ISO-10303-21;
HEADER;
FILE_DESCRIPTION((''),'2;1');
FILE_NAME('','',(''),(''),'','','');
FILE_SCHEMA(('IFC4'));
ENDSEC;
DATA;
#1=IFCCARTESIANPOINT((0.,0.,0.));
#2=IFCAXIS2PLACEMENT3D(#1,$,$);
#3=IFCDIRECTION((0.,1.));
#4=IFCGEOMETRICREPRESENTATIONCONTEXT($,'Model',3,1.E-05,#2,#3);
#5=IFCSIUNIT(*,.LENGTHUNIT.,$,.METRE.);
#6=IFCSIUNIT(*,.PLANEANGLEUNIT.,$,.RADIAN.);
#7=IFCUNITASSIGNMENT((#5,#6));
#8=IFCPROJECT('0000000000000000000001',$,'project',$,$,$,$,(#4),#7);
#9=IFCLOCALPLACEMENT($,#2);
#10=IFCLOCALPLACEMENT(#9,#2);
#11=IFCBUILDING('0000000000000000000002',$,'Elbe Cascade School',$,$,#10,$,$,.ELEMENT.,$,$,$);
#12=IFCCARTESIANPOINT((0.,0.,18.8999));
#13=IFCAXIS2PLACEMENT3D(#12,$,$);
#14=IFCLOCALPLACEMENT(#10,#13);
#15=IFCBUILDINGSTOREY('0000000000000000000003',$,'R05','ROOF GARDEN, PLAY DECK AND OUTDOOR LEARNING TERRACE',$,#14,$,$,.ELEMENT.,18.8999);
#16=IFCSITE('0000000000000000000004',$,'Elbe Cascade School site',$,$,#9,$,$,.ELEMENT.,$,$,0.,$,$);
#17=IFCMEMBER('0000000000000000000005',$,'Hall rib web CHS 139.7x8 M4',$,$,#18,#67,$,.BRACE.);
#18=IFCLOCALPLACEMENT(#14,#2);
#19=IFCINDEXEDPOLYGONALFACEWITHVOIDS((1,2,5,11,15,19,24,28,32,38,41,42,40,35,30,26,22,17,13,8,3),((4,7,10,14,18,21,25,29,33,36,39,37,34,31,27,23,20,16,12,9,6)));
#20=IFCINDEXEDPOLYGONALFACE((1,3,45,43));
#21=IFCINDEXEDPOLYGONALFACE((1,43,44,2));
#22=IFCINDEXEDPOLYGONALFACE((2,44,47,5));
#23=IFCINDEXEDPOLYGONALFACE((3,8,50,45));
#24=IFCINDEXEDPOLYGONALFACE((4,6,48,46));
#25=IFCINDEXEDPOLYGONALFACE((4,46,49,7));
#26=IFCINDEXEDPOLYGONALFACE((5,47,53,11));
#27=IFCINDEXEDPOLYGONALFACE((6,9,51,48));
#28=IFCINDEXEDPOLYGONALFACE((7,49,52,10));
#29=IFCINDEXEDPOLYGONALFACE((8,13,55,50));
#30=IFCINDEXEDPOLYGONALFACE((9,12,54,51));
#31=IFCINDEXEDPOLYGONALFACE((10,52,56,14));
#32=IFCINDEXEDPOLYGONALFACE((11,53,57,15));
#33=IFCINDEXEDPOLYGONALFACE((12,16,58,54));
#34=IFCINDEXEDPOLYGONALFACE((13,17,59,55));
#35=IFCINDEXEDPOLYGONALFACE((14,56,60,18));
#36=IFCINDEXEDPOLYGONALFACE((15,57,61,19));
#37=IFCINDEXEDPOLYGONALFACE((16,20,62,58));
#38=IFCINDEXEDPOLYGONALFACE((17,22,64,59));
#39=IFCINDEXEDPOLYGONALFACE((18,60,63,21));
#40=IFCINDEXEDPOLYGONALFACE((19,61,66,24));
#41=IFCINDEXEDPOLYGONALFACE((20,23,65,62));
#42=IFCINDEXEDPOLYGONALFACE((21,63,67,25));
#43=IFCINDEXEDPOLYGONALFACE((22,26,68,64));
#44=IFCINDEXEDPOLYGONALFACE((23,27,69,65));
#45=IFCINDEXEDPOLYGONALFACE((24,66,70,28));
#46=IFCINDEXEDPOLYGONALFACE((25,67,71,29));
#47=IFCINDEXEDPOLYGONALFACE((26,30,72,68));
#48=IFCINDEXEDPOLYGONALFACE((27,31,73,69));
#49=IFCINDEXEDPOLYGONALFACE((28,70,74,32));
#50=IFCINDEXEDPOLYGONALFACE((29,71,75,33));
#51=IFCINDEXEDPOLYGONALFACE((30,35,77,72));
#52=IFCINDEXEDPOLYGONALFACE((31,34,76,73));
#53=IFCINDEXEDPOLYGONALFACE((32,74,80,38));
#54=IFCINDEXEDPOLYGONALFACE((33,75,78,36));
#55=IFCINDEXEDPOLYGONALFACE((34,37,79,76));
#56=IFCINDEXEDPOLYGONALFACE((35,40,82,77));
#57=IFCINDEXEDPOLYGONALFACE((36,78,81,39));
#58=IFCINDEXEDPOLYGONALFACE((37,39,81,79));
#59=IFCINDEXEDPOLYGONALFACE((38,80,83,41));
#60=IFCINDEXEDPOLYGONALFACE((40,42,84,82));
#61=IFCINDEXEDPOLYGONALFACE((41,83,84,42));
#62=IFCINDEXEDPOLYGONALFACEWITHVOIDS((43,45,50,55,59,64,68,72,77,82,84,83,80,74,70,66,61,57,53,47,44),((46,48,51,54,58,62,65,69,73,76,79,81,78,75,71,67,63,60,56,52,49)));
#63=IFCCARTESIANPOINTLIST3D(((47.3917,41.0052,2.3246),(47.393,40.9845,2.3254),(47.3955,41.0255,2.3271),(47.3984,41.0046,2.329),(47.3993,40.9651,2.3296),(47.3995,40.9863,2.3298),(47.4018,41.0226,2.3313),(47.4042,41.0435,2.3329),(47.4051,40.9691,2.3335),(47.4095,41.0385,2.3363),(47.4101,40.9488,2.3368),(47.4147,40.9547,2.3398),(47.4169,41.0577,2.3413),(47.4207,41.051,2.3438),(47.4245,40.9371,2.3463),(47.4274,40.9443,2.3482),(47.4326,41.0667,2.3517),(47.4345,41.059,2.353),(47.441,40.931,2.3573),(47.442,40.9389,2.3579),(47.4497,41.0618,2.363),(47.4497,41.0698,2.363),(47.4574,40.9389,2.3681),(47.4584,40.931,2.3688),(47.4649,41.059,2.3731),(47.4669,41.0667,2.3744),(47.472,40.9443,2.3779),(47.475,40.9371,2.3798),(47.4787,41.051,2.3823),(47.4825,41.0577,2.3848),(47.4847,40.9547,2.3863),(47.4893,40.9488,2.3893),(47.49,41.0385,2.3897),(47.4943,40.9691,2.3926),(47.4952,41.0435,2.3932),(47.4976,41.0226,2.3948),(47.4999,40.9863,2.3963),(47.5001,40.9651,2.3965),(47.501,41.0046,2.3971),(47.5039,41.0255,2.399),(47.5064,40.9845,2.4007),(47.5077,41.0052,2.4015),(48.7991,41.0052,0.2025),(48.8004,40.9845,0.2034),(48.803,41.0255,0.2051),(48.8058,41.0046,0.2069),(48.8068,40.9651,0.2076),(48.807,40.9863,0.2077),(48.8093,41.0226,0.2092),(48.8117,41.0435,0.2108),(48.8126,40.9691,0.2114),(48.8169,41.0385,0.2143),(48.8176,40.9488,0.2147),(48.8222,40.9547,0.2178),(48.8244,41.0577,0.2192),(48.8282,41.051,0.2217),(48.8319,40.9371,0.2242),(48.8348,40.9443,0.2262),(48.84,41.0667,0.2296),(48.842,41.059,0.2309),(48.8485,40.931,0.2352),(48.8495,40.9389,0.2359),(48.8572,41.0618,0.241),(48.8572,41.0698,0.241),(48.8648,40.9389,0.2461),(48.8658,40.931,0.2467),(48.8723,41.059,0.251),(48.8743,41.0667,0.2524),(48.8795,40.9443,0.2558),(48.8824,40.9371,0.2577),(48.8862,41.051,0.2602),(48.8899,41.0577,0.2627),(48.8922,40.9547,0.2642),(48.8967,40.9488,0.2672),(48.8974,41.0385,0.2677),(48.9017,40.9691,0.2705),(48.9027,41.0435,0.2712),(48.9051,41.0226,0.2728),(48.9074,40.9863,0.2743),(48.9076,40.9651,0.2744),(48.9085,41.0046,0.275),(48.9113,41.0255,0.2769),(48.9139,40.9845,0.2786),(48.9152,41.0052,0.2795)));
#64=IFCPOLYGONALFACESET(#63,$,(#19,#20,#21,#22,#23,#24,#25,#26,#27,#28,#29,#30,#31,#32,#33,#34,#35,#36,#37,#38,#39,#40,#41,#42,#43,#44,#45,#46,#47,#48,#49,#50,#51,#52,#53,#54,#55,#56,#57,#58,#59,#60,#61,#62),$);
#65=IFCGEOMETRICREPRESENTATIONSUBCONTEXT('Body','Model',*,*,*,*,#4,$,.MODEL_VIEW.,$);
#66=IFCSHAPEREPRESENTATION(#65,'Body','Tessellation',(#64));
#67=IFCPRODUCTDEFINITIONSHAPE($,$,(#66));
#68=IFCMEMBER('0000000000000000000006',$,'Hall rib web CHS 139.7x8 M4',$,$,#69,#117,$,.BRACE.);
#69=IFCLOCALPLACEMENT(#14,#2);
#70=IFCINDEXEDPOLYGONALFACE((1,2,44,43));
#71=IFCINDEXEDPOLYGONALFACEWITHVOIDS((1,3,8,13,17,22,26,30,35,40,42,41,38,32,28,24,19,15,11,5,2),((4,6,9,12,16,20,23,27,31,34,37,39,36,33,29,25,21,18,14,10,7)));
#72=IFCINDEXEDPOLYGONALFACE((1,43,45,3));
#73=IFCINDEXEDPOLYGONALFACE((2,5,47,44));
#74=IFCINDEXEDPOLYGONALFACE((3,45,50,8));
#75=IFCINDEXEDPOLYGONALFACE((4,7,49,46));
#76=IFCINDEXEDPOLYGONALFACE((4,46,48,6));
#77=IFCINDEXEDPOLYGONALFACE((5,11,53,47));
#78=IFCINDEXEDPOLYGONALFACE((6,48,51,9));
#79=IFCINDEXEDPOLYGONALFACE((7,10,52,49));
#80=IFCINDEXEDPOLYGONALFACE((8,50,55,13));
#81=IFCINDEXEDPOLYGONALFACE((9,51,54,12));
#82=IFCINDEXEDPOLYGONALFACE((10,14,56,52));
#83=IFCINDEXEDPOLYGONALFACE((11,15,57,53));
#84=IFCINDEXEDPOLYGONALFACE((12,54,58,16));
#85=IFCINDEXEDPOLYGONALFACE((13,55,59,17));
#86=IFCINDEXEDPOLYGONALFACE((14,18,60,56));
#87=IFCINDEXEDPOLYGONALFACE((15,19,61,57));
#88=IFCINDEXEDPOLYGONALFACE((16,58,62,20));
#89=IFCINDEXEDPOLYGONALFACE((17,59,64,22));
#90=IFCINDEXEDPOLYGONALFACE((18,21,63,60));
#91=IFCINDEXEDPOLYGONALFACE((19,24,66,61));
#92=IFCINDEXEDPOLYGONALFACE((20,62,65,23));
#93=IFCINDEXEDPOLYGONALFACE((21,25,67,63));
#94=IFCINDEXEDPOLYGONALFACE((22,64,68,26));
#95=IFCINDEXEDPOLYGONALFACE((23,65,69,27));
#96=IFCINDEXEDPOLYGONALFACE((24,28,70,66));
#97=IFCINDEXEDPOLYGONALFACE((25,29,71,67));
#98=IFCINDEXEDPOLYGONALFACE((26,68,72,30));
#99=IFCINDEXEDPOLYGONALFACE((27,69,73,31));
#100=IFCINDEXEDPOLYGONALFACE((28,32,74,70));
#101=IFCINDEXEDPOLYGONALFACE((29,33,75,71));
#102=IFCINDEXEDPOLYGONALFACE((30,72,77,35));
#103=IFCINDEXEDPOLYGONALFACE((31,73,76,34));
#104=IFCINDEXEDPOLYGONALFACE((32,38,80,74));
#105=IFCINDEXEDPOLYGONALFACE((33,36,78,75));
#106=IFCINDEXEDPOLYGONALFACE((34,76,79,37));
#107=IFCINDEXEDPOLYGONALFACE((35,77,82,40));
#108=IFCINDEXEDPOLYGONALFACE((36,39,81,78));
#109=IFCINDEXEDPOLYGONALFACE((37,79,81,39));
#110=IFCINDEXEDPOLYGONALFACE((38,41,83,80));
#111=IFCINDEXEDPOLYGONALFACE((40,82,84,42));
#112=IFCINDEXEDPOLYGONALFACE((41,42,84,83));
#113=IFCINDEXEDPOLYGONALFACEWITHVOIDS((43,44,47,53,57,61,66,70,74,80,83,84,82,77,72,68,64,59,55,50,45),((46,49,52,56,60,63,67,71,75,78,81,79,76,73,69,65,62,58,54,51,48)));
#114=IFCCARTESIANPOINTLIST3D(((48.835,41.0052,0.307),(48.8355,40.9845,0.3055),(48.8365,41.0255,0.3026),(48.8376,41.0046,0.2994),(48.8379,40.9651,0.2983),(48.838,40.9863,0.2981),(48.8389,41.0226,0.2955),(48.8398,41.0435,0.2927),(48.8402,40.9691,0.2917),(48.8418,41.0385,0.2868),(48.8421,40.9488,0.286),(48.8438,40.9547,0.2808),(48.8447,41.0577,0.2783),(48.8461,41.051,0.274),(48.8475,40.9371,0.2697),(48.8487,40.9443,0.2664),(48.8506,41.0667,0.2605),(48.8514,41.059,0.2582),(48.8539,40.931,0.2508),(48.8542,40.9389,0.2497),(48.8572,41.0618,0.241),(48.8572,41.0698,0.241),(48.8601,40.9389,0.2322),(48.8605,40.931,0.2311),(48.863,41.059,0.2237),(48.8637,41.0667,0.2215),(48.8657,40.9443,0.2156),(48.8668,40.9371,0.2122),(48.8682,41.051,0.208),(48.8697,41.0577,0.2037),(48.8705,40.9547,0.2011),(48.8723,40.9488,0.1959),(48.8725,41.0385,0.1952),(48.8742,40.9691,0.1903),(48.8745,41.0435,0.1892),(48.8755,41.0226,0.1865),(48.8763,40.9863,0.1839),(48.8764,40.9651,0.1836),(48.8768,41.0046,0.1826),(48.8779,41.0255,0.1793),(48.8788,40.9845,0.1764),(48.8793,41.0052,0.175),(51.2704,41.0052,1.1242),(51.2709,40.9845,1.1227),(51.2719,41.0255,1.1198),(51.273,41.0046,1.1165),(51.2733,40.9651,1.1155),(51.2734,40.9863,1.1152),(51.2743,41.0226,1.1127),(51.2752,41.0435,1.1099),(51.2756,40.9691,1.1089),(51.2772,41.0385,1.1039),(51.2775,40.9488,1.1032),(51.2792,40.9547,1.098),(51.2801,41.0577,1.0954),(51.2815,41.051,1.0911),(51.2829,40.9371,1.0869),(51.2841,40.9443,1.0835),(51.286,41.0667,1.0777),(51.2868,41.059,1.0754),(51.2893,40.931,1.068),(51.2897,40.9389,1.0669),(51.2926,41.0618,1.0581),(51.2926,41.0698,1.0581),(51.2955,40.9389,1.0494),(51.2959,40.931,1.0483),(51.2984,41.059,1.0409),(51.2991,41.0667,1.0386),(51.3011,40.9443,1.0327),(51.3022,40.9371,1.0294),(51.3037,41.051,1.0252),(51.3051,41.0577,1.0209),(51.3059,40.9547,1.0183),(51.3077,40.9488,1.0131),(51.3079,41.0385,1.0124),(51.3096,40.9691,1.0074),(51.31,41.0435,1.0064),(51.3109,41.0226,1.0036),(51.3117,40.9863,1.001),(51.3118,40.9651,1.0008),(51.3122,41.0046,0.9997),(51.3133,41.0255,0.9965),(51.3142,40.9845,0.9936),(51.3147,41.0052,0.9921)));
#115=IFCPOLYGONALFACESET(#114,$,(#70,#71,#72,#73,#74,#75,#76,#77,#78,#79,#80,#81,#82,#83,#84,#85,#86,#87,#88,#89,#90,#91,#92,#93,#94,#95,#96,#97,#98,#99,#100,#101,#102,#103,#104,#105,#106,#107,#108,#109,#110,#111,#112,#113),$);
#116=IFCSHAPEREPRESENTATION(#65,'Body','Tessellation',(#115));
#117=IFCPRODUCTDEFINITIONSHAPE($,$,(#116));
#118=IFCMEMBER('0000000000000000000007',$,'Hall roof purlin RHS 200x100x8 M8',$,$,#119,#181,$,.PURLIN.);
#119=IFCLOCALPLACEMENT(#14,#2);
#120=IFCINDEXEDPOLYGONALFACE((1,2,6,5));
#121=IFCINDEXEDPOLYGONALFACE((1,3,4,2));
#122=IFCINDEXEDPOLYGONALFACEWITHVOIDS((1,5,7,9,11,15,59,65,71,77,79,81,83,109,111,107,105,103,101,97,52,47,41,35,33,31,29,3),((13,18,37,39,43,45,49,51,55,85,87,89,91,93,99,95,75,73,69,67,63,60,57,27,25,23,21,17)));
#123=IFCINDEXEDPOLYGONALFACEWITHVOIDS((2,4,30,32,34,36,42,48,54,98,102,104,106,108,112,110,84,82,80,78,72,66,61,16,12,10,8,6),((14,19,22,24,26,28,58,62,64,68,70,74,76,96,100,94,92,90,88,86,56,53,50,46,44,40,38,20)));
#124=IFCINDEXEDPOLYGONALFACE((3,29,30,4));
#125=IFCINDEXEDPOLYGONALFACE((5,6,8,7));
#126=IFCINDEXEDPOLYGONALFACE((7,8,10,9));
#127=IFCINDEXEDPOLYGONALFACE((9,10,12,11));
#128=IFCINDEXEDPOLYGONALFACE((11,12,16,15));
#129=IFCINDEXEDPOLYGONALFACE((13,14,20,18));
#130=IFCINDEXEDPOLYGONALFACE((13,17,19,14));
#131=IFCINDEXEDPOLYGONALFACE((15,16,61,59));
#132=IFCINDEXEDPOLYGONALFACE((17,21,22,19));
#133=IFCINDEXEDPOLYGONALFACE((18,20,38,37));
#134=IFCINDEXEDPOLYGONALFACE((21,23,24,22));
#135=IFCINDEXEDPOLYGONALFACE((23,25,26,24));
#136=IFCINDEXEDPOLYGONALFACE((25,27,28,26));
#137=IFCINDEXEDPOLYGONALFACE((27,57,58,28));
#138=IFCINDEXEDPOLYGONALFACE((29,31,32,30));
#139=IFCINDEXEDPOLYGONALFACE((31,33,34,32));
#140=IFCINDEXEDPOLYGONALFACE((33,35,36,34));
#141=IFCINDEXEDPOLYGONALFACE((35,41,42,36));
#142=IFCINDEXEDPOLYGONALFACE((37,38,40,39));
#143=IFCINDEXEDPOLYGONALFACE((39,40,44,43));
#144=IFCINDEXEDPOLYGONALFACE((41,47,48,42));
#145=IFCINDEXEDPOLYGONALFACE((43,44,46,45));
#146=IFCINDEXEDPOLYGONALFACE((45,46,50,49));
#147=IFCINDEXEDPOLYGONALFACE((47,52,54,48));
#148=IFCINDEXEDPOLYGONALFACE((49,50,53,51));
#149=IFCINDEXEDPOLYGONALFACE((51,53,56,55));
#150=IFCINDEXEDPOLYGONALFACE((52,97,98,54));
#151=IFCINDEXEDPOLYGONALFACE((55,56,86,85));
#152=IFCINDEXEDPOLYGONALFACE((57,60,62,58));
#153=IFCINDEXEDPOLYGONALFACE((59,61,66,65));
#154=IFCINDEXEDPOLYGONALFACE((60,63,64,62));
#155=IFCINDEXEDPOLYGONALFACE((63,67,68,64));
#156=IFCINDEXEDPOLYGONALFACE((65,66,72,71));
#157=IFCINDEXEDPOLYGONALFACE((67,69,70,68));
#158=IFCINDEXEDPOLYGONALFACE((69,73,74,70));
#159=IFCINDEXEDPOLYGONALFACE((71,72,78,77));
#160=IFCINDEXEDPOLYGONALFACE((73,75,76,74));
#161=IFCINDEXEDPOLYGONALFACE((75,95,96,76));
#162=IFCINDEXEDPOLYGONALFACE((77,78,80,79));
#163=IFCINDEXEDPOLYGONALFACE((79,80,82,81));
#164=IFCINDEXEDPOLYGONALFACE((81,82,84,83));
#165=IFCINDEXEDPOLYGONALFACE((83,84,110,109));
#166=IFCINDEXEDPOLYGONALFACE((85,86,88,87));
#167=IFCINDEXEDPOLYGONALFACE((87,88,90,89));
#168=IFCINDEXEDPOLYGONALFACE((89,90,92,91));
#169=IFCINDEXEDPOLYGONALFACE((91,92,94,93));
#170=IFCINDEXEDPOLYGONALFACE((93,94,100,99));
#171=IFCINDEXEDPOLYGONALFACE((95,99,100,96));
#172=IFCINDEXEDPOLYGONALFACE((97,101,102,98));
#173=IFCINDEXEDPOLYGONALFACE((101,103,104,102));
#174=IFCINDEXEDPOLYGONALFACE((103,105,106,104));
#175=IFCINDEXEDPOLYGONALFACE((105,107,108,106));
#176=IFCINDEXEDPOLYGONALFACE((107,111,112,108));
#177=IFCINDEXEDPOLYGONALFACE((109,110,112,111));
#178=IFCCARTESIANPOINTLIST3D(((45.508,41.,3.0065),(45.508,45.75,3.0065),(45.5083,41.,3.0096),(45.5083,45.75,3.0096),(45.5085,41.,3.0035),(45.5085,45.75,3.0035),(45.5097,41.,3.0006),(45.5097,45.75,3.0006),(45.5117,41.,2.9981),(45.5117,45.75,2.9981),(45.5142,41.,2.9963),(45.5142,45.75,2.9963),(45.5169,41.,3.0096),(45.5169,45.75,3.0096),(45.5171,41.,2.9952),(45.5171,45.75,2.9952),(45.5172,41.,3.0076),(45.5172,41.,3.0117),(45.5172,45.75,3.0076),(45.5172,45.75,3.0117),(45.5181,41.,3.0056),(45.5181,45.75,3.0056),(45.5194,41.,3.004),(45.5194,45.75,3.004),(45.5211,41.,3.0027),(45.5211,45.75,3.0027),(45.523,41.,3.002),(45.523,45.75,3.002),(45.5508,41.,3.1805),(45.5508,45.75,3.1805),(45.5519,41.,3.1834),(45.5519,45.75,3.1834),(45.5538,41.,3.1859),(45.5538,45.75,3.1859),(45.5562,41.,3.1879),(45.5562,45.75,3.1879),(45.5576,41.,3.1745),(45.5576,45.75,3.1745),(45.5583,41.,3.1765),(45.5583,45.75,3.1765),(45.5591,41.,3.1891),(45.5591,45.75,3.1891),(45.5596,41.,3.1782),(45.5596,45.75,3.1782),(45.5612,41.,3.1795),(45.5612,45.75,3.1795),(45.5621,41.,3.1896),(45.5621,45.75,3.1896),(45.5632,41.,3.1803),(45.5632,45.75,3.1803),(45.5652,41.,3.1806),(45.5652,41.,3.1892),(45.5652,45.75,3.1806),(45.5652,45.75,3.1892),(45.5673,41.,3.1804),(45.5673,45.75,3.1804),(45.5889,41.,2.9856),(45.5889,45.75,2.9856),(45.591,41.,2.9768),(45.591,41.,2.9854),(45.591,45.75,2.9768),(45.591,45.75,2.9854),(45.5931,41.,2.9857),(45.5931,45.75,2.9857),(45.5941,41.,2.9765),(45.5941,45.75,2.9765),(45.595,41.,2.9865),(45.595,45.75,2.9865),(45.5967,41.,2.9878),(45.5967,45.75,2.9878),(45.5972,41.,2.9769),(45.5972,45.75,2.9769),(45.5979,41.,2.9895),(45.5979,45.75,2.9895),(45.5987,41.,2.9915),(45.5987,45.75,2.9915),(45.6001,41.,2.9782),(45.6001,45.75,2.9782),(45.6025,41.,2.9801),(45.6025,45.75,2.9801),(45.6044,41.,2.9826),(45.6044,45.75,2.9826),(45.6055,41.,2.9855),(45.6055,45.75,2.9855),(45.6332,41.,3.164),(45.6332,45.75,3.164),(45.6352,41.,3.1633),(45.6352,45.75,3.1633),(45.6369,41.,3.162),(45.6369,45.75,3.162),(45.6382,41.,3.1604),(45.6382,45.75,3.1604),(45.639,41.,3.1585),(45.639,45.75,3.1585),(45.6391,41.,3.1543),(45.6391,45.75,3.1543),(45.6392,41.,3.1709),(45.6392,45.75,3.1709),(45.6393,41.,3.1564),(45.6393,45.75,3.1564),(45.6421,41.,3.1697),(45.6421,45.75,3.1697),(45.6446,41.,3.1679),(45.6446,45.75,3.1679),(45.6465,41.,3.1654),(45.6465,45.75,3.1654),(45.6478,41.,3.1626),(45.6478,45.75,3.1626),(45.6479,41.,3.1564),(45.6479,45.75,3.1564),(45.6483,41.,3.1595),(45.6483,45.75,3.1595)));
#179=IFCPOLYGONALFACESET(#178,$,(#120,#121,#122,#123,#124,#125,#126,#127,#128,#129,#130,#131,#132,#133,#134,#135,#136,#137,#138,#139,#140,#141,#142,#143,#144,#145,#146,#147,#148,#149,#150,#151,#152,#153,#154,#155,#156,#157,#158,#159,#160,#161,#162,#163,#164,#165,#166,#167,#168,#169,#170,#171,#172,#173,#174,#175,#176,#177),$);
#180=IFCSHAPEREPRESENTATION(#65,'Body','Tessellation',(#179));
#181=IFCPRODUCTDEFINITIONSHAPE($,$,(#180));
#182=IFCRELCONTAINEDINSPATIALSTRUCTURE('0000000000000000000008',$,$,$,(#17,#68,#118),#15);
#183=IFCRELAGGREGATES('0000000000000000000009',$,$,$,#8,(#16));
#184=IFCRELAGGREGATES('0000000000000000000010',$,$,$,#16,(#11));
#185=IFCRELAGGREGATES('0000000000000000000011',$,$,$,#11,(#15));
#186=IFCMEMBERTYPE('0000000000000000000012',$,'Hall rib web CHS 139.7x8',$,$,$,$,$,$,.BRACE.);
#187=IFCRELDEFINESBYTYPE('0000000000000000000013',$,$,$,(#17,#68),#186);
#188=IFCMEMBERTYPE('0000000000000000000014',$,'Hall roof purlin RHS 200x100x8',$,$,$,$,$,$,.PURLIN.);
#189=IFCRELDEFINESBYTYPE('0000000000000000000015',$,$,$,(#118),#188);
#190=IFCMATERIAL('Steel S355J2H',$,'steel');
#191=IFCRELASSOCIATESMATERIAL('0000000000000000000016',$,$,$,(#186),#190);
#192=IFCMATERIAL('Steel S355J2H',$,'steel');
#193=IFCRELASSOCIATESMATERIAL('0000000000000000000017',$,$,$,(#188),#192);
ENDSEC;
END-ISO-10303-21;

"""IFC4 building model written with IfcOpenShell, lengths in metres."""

from ifc_helpers import new_model, si_unit, direction, frame, origin, origin_2d, place, context, subcontext, project, spatial, hollow_rectangle, hollow_circle, extrude, material, material_profile, profile_set, type_object, element, save


model = new_model("IFC4")

# Units and contexts
model_context = context("Model", 3, precision=1e-05, world=origin(), true_north=direction((0.0, 1.0)))
body_context = subcontext(model_context, "Body", "Model", "MODEL_VIEW")
ifc_project = project(units=[si_unit("LENGTHUNIT", "METRE"), si_unit("PLANEANGLEUNIT", "RADIAN")], contexts=[model_context])

# Site, building, storey
site_placement = place(None, origin())
site = spatial("IfcSite", under=ifc_project, at=site_placement, Name="Elbe Cascade School site", CompositionType="ELEMENT", RefElevation=0.0)
building_placement = place(site_placement, origin())
building = spatial("IfcBuilding", under=site, at=building_placement, Name="Elbe Cascade School", CompositionType="ELEMENT")
storey_placement = place(building_placement, frame((0.0, 0.0, 18.8999)))
storey = spatial("IfcBuildingStorey", under=building, at=storey_placement, Name="R05", Description="ROOF GARDEN, PLAY DECK AND OUTDOOR LEARNING TERRACE", CompositionType="ELEMENT", Elevation=18.8999)

# Members
ifc_material_1 = material(Name="Steel S355J2H", Category="steel")
ifc_material_profile_1 = material_profile(ifc_material_1, hollow_circle(Radius=0.0698, WallThickness=0.0081, at=origin_2d()), Name="CHS 139.7x8")
ifc_profile_set_1 = profile_set([ifc_material_profile_1], Name="Steel S355J2H")
member_type_1 = type_object("IfcMemberType", Name="Hall rib web CHS 139.7x8", PredefinedType="BRACE", material=ifc_profile_set_1)
member_1_placement = place(storey_placement, frame((47.4497, 41.0, 2.363), z_axis=(0.552729, 0.0, -0.833361), x_axis=(0.0, 1.0, 0.0)))
element("IfcMember", 1, at=member_1_placement, inside=storey, type_object=member_type_1, Name="Hall rib web CHS 139.7x8 M4", PredefinedType="BRACE", context=body_context, shape_type="SweptSolid", body=[
    extrude(hollow_circle(Radius=0.0698, WallThickness=0.0081, at=origin_2d()), origin(), (0.0, 0.0, 1.0), 2.5464),
])
member_2_placement = place(storey_placement, frame((48.8572, 41.0, 0.241), z_axis=(0.948054, 0.0, 0.318109), x_axis=(0.0, 1.0, 0.0)))
element("IfcMember", 2, at=member_2_placement, inside=storey, type_object=member_type_1, Name="Hall rib web CHS 139.7x8 M4", PredefinedType="BRACE", context=body_context, shape_type="SweptSolid", body=[
    extrude(hollow_circle(Radius=0.0698, WallThickness=0.0081, at=origin_2d()), origin(), (0.0, 0.0, 1.0), 2.5688),
])
ifc_material_2 = material(Name="Steel S355J2H", Category="steel")
ifc_material_profile_2 = material_profile(ifc_material_2, hollow_rectangle(XDim=0.1001, YDim=0.2, WallThickness=0.0081, InnerFilletRadius=0.0081, OuterFilletRadius=0.012, at=origin_2d()), Name="RHS 200x100x8")
ifc_profile_set_2 = profile_set([ifc_material_profile_2], Name="Steel S355J2H")
member_type_2 = type_object("IfcMemberType", Name="Hall roof purlin RHS 200x100x8", PredefinedType="PURLIN", material=ifc_profile_set_2)
for number, where, z_axis, x_axis, name in (
    (3, (45.5781, 41.0, 3.083), (0.0, 1.0, 0.0), (-0.970543, 0.0, 0.240927), "Hall roof purlin RHS 200x100x8 M8"),
):
    element("IfcMember", number, at=place(storey_placement, frame(where, z_axis=z_axis, x_axis=x_axis)), inside=storey, type_object=member_type_2, Name=name, PredefinedType="PURLIN", context=body_context, shape_type="SweptSolid", body=[
        extrude(hollow_rectangle(XDim=0.1001, YDim=0.2, WallThickness=0.0081, InnerFilletRadius=0.0081, OuterFilletRadius=0.012, at=origin_2d()), origin(), (0.0, 0.0, 1.0), 4.75),
    ])

save(model, "model.ifc")
